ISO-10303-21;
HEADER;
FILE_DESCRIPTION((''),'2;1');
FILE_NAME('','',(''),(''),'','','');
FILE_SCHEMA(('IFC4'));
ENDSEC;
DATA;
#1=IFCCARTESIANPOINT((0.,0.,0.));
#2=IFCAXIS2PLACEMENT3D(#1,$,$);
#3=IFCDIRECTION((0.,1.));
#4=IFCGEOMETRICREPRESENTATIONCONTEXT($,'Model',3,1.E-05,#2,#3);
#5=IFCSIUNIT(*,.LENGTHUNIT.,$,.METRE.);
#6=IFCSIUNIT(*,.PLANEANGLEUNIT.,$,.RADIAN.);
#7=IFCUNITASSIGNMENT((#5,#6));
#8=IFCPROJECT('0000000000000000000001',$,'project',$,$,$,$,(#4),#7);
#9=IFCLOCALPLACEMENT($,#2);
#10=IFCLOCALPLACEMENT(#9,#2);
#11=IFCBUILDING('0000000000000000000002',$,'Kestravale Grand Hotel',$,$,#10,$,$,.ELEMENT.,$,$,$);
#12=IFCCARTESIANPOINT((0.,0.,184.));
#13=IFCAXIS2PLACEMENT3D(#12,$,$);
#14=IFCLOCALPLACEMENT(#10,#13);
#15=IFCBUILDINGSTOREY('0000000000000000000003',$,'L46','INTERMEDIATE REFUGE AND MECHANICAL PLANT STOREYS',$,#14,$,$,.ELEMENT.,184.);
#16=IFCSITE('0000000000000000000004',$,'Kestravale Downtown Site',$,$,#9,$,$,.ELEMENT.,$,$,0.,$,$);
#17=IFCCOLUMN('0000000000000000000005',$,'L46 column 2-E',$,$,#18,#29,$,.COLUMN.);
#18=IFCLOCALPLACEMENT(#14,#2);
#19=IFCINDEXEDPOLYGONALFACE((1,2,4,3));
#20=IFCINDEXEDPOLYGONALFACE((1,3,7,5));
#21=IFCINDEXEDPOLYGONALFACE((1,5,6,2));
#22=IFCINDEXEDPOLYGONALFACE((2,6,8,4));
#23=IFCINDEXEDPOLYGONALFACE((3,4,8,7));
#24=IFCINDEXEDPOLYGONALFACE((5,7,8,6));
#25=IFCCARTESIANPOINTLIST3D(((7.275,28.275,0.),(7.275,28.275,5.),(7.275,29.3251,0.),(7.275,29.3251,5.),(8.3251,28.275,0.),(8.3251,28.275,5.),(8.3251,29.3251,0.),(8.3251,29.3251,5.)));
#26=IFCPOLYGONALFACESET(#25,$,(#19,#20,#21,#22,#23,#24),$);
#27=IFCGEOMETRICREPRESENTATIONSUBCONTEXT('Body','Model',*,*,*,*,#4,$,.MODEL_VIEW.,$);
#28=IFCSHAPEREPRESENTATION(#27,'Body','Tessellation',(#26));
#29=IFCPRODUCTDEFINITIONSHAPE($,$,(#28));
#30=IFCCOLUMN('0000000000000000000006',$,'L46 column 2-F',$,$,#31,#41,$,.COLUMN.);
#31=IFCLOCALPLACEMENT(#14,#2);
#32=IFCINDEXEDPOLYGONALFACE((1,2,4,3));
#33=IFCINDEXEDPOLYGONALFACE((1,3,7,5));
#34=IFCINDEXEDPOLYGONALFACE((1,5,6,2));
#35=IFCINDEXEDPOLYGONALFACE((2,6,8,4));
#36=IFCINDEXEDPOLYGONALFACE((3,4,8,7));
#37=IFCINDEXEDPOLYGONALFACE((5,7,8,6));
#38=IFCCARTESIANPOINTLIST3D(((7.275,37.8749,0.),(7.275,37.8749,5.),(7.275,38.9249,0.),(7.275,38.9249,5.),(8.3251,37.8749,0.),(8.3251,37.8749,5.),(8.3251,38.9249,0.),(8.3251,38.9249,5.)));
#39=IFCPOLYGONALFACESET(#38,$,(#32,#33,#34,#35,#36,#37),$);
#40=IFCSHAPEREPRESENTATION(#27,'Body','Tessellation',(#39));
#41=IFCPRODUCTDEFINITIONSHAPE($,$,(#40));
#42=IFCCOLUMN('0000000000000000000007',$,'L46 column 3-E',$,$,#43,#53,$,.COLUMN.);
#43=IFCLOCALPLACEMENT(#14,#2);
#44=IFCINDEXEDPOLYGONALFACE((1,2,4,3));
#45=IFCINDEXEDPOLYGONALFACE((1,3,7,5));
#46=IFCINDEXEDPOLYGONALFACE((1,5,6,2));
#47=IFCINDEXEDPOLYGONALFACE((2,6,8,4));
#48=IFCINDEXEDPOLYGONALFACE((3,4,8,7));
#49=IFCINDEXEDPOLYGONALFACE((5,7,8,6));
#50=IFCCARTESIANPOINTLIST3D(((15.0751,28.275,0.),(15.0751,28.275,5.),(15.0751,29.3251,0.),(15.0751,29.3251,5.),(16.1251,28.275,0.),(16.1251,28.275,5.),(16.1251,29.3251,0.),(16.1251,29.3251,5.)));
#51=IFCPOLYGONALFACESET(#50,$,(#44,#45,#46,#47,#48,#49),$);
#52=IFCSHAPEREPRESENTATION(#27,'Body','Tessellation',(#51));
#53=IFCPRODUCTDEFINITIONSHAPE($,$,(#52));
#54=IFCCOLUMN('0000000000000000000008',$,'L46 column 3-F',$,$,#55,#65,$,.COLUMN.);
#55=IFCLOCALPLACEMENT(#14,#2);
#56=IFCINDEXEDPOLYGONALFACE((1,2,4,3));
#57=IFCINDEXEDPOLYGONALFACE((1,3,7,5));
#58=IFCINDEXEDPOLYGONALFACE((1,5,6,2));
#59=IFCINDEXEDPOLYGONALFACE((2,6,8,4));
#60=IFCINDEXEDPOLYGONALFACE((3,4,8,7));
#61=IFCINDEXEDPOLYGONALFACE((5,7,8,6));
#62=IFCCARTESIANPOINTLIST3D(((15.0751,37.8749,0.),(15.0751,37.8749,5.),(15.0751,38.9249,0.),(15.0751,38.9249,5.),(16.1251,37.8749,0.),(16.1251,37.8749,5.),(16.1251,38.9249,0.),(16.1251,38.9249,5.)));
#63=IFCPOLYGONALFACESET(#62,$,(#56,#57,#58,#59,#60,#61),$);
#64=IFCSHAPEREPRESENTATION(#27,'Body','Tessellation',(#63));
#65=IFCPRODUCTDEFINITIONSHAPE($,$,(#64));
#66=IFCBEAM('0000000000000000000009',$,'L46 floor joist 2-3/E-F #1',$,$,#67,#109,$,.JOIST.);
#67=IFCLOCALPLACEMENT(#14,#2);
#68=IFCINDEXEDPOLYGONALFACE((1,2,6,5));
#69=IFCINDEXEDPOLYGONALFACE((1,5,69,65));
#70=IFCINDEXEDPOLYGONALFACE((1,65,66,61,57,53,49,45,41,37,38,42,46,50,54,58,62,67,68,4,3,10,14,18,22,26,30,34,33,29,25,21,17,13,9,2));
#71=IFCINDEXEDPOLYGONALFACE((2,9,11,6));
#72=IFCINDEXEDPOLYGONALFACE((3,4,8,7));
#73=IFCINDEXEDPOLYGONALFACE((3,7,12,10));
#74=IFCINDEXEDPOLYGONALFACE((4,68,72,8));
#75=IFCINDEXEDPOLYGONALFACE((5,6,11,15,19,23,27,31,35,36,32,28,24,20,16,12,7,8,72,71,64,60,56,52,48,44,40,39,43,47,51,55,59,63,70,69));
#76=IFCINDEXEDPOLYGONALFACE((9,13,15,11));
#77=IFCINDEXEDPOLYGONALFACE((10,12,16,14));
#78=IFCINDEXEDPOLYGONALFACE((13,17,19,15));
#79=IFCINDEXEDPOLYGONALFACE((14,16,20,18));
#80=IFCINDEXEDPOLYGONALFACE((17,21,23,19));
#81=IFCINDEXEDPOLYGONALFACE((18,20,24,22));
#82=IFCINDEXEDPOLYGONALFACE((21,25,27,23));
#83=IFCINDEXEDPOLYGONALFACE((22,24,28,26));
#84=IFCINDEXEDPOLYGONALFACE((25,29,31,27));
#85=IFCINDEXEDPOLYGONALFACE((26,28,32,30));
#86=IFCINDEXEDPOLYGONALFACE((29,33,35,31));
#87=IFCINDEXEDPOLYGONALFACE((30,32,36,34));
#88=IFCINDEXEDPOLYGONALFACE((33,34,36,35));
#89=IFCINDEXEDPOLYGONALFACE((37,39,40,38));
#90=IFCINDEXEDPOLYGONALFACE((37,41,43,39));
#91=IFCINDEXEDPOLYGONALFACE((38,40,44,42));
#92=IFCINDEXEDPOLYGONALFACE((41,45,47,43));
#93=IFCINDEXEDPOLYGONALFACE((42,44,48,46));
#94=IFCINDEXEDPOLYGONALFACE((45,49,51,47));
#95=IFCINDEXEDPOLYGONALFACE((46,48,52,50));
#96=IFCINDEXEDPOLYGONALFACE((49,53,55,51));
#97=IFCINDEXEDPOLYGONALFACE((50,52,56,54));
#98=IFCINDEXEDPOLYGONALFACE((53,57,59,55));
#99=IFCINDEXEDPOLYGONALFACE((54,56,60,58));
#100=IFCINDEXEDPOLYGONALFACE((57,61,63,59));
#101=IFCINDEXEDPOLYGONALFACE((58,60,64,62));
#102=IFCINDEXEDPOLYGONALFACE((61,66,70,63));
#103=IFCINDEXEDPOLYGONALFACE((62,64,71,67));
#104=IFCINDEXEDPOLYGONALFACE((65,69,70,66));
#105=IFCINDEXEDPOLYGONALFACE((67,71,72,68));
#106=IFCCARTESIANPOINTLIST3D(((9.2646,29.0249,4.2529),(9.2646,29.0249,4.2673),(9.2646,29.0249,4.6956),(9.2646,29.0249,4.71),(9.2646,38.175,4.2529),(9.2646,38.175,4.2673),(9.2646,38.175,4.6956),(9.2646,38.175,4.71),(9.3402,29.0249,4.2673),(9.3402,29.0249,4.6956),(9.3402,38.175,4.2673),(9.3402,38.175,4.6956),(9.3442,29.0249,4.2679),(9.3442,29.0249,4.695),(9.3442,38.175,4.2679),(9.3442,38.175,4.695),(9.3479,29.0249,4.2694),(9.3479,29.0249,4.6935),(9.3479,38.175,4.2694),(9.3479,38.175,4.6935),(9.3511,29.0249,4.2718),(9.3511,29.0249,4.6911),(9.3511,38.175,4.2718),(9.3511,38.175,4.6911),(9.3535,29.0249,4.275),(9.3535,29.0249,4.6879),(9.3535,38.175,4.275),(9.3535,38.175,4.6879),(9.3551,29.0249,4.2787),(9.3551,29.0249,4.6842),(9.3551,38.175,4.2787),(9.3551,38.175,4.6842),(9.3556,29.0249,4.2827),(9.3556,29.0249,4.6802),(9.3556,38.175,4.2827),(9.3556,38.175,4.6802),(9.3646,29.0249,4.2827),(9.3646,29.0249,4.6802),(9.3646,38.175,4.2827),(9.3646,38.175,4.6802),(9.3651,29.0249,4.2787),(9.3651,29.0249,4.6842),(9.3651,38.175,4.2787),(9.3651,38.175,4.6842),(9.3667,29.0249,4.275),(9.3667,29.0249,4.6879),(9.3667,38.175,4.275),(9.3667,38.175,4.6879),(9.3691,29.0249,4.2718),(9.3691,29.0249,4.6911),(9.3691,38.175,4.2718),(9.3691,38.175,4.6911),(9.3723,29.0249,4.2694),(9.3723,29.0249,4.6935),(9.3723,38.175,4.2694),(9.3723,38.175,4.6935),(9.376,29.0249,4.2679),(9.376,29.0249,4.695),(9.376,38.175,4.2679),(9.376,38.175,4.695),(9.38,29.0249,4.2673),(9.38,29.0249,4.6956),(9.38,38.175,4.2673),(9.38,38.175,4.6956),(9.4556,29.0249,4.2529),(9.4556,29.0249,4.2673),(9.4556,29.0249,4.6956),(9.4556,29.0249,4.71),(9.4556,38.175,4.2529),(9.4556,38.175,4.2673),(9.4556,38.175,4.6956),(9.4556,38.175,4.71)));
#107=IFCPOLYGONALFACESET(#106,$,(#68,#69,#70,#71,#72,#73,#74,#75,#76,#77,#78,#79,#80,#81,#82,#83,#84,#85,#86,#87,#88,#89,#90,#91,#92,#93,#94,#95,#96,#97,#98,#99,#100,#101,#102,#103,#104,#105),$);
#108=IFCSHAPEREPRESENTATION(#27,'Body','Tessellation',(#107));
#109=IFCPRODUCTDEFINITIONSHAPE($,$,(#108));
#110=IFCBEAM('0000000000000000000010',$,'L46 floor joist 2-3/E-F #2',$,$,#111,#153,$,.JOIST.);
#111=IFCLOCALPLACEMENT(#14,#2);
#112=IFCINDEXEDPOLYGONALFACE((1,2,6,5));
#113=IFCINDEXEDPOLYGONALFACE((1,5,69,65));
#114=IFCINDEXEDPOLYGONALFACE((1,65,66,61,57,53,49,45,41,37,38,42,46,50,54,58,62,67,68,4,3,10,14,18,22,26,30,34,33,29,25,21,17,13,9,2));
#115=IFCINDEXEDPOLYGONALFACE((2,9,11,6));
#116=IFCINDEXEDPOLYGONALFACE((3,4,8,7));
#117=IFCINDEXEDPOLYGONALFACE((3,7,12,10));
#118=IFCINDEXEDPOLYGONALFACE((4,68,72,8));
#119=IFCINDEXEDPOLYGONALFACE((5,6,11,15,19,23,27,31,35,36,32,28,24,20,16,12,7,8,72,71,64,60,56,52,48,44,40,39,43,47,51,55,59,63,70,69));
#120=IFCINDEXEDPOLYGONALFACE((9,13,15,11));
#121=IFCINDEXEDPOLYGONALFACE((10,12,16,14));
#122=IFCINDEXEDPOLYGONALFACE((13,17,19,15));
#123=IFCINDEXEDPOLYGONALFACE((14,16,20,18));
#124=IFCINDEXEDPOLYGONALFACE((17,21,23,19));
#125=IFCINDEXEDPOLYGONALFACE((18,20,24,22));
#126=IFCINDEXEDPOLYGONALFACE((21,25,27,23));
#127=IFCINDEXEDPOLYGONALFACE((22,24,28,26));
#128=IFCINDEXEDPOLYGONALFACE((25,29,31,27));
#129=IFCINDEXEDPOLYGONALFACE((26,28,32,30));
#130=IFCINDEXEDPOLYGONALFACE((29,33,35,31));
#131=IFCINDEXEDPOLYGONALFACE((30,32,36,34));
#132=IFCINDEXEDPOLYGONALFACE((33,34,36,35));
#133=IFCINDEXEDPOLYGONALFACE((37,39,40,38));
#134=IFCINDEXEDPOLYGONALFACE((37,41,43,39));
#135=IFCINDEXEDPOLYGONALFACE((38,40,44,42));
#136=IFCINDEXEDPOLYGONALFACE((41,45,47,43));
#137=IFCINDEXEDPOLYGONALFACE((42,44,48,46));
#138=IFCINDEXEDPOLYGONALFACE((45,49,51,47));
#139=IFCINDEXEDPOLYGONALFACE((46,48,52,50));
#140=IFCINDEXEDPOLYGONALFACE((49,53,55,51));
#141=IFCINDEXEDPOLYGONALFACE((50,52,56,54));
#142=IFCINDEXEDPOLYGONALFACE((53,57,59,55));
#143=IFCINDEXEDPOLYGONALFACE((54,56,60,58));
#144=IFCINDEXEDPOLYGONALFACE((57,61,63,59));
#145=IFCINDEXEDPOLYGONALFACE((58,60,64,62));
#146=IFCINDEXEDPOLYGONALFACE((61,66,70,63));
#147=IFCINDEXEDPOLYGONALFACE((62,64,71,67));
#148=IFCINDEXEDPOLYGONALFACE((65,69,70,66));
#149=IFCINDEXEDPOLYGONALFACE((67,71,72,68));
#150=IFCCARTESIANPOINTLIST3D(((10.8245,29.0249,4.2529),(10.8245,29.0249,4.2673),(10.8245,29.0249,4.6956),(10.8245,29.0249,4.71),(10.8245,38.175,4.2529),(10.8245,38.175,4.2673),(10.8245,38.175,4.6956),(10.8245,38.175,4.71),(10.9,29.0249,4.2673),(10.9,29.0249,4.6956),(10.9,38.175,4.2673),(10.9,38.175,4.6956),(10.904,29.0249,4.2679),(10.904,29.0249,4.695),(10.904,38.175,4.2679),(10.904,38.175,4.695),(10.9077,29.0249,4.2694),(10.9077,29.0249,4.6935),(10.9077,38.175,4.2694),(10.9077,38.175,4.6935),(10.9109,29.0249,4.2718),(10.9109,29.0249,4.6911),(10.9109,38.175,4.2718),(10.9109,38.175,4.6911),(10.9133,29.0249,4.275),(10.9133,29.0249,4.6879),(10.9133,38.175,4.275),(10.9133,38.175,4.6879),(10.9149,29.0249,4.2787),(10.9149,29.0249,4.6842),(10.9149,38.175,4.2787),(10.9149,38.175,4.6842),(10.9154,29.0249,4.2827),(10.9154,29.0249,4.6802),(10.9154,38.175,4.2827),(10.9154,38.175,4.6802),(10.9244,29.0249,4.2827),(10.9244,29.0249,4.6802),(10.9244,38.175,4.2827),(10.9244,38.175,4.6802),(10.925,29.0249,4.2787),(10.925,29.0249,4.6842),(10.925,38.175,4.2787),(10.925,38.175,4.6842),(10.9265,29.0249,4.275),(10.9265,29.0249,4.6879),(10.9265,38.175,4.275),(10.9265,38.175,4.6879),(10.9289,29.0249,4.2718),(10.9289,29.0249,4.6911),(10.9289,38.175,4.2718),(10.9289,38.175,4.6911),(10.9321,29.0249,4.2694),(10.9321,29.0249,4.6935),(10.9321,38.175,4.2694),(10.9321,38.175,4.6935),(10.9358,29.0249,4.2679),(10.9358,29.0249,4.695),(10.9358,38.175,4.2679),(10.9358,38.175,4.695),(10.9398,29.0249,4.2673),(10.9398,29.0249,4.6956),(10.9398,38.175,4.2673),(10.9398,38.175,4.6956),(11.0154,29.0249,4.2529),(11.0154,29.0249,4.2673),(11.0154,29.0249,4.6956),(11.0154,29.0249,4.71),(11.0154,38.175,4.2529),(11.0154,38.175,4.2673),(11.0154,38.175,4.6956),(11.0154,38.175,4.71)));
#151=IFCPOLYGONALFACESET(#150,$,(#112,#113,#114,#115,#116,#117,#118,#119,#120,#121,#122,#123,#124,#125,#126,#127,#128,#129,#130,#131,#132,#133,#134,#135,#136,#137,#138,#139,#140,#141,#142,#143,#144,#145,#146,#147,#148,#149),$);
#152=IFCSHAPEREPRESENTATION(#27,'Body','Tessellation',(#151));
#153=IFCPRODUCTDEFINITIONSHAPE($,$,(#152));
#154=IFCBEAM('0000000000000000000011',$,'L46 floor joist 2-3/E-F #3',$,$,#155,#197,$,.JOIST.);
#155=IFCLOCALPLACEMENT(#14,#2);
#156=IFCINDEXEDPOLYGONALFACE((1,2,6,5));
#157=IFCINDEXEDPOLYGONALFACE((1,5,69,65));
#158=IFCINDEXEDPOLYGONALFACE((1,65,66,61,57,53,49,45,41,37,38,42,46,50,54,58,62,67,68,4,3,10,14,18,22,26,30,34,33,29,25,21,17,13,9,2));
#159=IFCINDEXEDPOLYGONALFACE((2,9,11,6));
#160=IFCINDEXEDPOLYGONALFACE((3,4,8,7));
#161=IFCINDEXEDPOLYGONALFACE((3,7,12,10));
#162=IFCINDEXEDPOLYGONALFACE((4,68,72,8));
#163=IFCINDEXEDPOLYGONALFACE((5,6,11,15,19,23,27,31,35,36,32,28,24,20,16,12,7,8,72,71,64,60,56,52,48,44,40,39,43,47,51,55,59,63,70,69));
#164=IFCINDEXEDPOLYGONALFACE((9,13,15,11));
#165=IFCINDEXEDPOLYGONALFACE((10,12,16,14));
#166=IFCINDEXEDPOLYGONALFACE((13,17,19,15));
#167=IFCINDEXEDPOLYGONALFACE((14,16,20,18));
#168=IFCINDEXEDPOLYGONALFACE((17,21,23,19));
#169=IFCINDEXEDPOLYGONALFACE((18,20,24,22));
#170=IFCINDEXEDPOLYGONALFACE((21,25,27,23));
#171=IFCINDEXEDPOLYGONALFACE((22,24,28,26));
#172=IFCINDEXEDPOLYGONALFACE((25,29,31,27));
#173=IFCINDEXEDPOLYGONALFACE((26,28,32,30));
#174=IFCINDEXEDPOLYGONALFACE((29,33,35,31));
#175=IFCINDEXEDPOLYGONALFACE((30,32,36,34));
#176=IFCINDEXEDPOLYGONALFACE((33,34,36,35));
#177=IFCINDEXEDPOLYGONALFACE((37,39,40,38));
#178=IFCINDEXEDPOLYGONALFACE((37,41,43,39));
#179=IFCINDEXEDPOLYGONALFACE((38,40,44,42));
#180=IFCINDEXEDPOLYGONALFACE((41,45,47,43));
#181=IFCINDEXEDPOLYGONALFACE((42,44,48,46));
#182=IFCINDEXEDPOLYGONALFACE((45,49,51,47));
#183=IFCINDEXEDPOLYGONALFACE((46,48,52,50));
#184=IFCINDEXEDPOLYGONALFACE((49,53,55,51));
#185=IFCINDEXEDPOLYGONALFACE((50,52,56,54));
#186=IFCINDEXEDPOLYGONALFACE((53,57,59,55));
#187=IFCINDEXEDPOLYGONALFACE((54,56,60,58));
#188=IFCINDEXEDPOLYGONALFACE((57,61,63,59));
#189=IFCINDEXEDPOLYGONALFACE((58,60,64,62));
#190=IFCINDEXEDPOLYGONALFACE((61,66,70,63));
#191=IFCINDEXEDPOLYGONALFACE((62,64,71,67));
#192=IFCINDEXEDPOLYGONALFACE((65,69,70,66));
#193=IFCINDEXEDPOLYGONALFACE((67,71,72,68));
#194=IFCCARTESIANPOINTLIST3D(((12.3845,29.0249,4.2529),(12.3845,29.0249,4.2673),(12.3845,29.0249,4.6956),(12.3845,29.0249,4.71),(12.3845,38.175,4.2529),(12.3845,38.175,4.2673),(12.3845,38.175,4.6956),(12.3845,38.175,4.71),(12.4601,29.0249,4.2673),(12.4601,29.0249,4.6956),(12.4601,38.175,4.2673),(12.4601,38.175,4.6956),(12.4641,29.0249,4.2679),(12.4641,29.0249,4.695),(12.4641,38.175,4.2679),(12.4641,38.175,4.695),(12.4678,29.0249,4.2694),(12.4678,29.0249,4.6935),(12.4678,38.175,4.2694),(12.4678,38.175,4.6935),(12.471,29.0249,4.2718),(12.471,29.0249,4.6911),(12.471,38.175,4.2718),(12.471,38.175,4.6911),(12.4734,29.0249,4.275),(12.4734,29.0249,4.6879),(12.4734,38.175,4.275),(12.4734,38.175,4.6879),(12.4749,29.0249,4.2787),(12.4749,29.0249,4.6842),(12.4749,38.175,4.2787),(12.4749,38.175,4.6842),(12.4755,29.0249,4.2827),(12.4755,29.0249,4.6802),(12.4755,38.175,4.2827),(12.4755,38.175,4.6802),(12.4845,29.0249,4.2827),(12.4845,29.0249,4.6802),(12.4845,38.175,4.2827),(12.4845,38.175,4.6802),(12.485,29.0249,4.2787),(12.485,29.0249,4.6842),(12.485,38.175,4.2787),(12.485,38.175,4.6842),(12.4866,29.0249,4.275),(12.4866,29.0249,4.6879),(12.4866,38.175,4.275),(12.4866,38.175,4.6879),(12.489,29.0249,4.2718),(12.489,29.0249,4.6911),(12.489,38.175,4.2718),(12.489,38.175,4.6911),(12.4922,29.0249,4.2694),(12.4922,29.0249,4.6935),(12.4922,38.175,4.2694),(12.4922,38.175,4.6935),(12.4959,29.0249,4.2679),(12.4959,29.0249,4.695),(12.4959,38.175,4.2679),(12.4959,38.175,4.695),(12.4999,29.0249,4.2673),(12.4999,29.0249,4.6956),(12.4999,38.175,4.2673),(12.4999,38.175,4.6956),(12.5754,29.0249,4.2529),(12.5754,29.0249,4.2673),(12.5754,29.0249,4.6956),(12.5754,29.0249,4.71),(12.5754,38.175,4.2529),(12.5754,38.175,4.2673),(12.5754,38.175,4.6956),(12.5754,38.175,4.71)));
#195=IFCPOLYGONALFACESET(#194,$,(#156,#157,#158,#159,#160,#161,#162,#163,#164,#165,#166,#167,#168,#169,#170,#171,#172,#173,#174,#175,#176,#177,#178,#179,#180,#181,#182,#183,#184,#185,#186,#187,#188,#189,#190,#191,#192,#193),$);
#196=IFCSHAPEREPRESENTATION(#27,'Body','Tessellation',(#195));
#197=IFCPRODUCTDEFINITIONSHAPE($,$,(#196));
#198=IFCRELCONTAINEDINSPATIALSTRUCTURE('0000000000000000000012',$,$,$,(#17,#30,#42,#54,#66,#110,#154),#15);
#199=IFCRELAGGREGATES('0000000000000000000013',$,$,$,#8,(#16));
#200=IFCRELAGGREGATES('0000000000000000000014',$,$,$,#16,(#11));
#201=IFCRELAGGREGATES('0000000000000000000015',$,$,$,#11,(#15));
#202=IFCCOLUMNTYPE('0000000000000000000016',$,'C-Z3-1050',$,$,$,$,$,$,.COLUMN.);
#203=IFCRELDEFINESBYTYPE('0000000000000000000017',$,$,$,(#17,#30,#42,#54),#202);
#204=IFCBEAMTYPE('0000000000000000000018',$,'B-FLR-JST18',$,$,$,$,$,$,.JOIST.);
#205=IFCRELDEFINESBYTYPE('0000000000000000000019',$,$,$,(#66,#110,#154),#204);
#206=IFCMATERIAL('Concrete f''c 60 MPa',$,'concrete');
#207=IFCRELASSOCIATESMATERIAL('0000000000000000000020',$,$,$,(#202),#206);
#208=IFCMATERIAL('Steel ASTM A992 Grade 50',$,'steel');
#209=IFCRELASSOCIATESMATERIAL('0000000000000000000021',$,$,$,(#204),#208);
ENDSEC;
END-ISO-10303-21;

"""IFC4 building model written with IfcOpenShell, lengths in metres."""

from ifc_helpers import new_model, si_unit, direction, frame, origin, origin_2d, place, context, subcontext, project, spatial, rectangle, i_section, extrude, material, material_profile, profile_set, type_object, element, save


model = new_model("IFC4")

# Units and contexts
model_context = context("Model", 3, precision=1e-05, world=origin(), true_north=direction((0.0, 1.0)))
body_context = subcontext(model_context, "Body", "Model", "MODEL_VIEW")
ifc_project = project(units=[si_unit("LENGTHUNIT", "METRE"), si_unit("PLANEANGLEUNIT", "RADIAN")], contexts=[model_context])

# Site, building, storey
site_placement = place(None, origin())
site = spatial("IfcSite", under=ifc_project, at=site_placement, Name="Kestravale Downtown Site", CompositionType="ELEMENT", RefElevation=0.0)
building_placement = place(site_placement, origin())
building = spatial("IfcBuilding", under=site, at=building_placement, Name="Kestravale Grand Hotel", CompositionType="ELEMENT")
storey_placement = place(building_placement, frame((0.0, 0.0, 184.0)))
storey = spatial("IfcBuildingStorey", under=building, at=storey_placement, Name="L46", Description="INTERMEDIATE REFUGE AND MECHANICAL PLANT STOREYS", CompositionType="ELEMENT", Elevation=184.0)

# Columns
ifc_material_1 = material(Name="Concrete f'c 60 MPa", Category="concrete")
ifc_material_profile_1 = material_profile(ifc_material_1, rectangle(XDim=1.05, YDim=1.05, at=origin_2d()))
ifc_profile_set_1 = profile_set([ifc_material_profile_1], Name="Concrete f'c 60 MPa")
column_type = type_object("IfcColumnType", Name="C-Z3-1050", PredefinedType="COLUMN", material=ifc_profile_set_1)
for number, where, z_axis, x_axis, name in (
    (1, (7.8, 28.8, 0.0), (0.0, 0.0, 1.0), (1.0, 0.0, 0.0), "L46 column 2-E"),
    (2, (7.8, 38.3999, 0.0), (0.0, 0.0, 1.0), (1.0, 0.0, 0.0), "L46 column 2-F"),
    (3, (15.6001, 28.8, 0.0), (0.0, 0.0, 1.0), (1.0, 0.0, 0.0), "L46 column 3-E"),
    (4, (15.6001, 38.3999, 0.0), (0.0, 0.0, 1.0), (1.0, 0.0, 0.0), "L46 column 3-F"),
):
    element("IfcColumn", number, at=place(storey_placement, frame(where, z_axis=z_axis, x_axis=x_axis)), inside=storey, type_object=column_type, Name=name, PredefinedType="COLUMN", context=body_context, shape_type="SweptSolid", body=[
        extrude(rectangle(XDim=1.05, YDim=1.05, at=origin_2d()), origin(), (0.0, 0.0, 1.0), 5.0),
    ])

# Beams
ifc_material_2 = material(Name="Steel ASTM A992 Grade 50", Category="steel")
ifc_material_profile_2 = material_profile(ifc_material_2, i_section(OverallWidth=0.1909, OverallDepth=0.457, WebThickness=0.009, FlangeThickness=0.0144, FilletRadius=0.0154, at=origin_2d()))
ifc_profile_set_2 = profile_set([ifc_material_profile_2], Name="Steel ASTM A992 Grade 50")
beam_type_1 = type_object("IfcBeamType", Name="B-FLR-JST18", PredefinedType="JOIST", material=ifc_profile_set_2)
for number, where, z_axis, x_axis, name in (
    (5, (9.3601, 29.0249, 4.4814), (0.0, 1.0, 0.0), (-1.0, 0.0, 0.0), "L46 floor joist 2-3/E-F #1"),
    (6, (10.9199, 29.0249, 4.4814), (0.0, 1.0, 0.0), (-1.0, 0.0, 0.0), "L46 floor joist 2-3/E-F #2"),
    (7, (12.48, 29.0249, 4.4814), (0.0, 1.0, 0.0), (-1.0, 0.0, 0.0), "L46 floor joist 2-3/E-F #3"),
):
    element("IfcBeam", number, at=place(storey_placement, frame(where, z_axis=z_axis, x_axis=x_axis)), inside=storey, type_object=beam_type_1, Name=name, PredefinedType="JOIST", context=body_context, shape_type="SweptSolid", body=[
        extrude(i_section(OverallWidth=0.1909, OverallDepth=0.457, WebThickness=0.009, FlangeThickness=0.0144, FilletRadius=0.0154, at=origin_2d()), origin(), (0.0, 0.0, 1.0), 9.1501),
    ])

save(model, "model.ifc")
